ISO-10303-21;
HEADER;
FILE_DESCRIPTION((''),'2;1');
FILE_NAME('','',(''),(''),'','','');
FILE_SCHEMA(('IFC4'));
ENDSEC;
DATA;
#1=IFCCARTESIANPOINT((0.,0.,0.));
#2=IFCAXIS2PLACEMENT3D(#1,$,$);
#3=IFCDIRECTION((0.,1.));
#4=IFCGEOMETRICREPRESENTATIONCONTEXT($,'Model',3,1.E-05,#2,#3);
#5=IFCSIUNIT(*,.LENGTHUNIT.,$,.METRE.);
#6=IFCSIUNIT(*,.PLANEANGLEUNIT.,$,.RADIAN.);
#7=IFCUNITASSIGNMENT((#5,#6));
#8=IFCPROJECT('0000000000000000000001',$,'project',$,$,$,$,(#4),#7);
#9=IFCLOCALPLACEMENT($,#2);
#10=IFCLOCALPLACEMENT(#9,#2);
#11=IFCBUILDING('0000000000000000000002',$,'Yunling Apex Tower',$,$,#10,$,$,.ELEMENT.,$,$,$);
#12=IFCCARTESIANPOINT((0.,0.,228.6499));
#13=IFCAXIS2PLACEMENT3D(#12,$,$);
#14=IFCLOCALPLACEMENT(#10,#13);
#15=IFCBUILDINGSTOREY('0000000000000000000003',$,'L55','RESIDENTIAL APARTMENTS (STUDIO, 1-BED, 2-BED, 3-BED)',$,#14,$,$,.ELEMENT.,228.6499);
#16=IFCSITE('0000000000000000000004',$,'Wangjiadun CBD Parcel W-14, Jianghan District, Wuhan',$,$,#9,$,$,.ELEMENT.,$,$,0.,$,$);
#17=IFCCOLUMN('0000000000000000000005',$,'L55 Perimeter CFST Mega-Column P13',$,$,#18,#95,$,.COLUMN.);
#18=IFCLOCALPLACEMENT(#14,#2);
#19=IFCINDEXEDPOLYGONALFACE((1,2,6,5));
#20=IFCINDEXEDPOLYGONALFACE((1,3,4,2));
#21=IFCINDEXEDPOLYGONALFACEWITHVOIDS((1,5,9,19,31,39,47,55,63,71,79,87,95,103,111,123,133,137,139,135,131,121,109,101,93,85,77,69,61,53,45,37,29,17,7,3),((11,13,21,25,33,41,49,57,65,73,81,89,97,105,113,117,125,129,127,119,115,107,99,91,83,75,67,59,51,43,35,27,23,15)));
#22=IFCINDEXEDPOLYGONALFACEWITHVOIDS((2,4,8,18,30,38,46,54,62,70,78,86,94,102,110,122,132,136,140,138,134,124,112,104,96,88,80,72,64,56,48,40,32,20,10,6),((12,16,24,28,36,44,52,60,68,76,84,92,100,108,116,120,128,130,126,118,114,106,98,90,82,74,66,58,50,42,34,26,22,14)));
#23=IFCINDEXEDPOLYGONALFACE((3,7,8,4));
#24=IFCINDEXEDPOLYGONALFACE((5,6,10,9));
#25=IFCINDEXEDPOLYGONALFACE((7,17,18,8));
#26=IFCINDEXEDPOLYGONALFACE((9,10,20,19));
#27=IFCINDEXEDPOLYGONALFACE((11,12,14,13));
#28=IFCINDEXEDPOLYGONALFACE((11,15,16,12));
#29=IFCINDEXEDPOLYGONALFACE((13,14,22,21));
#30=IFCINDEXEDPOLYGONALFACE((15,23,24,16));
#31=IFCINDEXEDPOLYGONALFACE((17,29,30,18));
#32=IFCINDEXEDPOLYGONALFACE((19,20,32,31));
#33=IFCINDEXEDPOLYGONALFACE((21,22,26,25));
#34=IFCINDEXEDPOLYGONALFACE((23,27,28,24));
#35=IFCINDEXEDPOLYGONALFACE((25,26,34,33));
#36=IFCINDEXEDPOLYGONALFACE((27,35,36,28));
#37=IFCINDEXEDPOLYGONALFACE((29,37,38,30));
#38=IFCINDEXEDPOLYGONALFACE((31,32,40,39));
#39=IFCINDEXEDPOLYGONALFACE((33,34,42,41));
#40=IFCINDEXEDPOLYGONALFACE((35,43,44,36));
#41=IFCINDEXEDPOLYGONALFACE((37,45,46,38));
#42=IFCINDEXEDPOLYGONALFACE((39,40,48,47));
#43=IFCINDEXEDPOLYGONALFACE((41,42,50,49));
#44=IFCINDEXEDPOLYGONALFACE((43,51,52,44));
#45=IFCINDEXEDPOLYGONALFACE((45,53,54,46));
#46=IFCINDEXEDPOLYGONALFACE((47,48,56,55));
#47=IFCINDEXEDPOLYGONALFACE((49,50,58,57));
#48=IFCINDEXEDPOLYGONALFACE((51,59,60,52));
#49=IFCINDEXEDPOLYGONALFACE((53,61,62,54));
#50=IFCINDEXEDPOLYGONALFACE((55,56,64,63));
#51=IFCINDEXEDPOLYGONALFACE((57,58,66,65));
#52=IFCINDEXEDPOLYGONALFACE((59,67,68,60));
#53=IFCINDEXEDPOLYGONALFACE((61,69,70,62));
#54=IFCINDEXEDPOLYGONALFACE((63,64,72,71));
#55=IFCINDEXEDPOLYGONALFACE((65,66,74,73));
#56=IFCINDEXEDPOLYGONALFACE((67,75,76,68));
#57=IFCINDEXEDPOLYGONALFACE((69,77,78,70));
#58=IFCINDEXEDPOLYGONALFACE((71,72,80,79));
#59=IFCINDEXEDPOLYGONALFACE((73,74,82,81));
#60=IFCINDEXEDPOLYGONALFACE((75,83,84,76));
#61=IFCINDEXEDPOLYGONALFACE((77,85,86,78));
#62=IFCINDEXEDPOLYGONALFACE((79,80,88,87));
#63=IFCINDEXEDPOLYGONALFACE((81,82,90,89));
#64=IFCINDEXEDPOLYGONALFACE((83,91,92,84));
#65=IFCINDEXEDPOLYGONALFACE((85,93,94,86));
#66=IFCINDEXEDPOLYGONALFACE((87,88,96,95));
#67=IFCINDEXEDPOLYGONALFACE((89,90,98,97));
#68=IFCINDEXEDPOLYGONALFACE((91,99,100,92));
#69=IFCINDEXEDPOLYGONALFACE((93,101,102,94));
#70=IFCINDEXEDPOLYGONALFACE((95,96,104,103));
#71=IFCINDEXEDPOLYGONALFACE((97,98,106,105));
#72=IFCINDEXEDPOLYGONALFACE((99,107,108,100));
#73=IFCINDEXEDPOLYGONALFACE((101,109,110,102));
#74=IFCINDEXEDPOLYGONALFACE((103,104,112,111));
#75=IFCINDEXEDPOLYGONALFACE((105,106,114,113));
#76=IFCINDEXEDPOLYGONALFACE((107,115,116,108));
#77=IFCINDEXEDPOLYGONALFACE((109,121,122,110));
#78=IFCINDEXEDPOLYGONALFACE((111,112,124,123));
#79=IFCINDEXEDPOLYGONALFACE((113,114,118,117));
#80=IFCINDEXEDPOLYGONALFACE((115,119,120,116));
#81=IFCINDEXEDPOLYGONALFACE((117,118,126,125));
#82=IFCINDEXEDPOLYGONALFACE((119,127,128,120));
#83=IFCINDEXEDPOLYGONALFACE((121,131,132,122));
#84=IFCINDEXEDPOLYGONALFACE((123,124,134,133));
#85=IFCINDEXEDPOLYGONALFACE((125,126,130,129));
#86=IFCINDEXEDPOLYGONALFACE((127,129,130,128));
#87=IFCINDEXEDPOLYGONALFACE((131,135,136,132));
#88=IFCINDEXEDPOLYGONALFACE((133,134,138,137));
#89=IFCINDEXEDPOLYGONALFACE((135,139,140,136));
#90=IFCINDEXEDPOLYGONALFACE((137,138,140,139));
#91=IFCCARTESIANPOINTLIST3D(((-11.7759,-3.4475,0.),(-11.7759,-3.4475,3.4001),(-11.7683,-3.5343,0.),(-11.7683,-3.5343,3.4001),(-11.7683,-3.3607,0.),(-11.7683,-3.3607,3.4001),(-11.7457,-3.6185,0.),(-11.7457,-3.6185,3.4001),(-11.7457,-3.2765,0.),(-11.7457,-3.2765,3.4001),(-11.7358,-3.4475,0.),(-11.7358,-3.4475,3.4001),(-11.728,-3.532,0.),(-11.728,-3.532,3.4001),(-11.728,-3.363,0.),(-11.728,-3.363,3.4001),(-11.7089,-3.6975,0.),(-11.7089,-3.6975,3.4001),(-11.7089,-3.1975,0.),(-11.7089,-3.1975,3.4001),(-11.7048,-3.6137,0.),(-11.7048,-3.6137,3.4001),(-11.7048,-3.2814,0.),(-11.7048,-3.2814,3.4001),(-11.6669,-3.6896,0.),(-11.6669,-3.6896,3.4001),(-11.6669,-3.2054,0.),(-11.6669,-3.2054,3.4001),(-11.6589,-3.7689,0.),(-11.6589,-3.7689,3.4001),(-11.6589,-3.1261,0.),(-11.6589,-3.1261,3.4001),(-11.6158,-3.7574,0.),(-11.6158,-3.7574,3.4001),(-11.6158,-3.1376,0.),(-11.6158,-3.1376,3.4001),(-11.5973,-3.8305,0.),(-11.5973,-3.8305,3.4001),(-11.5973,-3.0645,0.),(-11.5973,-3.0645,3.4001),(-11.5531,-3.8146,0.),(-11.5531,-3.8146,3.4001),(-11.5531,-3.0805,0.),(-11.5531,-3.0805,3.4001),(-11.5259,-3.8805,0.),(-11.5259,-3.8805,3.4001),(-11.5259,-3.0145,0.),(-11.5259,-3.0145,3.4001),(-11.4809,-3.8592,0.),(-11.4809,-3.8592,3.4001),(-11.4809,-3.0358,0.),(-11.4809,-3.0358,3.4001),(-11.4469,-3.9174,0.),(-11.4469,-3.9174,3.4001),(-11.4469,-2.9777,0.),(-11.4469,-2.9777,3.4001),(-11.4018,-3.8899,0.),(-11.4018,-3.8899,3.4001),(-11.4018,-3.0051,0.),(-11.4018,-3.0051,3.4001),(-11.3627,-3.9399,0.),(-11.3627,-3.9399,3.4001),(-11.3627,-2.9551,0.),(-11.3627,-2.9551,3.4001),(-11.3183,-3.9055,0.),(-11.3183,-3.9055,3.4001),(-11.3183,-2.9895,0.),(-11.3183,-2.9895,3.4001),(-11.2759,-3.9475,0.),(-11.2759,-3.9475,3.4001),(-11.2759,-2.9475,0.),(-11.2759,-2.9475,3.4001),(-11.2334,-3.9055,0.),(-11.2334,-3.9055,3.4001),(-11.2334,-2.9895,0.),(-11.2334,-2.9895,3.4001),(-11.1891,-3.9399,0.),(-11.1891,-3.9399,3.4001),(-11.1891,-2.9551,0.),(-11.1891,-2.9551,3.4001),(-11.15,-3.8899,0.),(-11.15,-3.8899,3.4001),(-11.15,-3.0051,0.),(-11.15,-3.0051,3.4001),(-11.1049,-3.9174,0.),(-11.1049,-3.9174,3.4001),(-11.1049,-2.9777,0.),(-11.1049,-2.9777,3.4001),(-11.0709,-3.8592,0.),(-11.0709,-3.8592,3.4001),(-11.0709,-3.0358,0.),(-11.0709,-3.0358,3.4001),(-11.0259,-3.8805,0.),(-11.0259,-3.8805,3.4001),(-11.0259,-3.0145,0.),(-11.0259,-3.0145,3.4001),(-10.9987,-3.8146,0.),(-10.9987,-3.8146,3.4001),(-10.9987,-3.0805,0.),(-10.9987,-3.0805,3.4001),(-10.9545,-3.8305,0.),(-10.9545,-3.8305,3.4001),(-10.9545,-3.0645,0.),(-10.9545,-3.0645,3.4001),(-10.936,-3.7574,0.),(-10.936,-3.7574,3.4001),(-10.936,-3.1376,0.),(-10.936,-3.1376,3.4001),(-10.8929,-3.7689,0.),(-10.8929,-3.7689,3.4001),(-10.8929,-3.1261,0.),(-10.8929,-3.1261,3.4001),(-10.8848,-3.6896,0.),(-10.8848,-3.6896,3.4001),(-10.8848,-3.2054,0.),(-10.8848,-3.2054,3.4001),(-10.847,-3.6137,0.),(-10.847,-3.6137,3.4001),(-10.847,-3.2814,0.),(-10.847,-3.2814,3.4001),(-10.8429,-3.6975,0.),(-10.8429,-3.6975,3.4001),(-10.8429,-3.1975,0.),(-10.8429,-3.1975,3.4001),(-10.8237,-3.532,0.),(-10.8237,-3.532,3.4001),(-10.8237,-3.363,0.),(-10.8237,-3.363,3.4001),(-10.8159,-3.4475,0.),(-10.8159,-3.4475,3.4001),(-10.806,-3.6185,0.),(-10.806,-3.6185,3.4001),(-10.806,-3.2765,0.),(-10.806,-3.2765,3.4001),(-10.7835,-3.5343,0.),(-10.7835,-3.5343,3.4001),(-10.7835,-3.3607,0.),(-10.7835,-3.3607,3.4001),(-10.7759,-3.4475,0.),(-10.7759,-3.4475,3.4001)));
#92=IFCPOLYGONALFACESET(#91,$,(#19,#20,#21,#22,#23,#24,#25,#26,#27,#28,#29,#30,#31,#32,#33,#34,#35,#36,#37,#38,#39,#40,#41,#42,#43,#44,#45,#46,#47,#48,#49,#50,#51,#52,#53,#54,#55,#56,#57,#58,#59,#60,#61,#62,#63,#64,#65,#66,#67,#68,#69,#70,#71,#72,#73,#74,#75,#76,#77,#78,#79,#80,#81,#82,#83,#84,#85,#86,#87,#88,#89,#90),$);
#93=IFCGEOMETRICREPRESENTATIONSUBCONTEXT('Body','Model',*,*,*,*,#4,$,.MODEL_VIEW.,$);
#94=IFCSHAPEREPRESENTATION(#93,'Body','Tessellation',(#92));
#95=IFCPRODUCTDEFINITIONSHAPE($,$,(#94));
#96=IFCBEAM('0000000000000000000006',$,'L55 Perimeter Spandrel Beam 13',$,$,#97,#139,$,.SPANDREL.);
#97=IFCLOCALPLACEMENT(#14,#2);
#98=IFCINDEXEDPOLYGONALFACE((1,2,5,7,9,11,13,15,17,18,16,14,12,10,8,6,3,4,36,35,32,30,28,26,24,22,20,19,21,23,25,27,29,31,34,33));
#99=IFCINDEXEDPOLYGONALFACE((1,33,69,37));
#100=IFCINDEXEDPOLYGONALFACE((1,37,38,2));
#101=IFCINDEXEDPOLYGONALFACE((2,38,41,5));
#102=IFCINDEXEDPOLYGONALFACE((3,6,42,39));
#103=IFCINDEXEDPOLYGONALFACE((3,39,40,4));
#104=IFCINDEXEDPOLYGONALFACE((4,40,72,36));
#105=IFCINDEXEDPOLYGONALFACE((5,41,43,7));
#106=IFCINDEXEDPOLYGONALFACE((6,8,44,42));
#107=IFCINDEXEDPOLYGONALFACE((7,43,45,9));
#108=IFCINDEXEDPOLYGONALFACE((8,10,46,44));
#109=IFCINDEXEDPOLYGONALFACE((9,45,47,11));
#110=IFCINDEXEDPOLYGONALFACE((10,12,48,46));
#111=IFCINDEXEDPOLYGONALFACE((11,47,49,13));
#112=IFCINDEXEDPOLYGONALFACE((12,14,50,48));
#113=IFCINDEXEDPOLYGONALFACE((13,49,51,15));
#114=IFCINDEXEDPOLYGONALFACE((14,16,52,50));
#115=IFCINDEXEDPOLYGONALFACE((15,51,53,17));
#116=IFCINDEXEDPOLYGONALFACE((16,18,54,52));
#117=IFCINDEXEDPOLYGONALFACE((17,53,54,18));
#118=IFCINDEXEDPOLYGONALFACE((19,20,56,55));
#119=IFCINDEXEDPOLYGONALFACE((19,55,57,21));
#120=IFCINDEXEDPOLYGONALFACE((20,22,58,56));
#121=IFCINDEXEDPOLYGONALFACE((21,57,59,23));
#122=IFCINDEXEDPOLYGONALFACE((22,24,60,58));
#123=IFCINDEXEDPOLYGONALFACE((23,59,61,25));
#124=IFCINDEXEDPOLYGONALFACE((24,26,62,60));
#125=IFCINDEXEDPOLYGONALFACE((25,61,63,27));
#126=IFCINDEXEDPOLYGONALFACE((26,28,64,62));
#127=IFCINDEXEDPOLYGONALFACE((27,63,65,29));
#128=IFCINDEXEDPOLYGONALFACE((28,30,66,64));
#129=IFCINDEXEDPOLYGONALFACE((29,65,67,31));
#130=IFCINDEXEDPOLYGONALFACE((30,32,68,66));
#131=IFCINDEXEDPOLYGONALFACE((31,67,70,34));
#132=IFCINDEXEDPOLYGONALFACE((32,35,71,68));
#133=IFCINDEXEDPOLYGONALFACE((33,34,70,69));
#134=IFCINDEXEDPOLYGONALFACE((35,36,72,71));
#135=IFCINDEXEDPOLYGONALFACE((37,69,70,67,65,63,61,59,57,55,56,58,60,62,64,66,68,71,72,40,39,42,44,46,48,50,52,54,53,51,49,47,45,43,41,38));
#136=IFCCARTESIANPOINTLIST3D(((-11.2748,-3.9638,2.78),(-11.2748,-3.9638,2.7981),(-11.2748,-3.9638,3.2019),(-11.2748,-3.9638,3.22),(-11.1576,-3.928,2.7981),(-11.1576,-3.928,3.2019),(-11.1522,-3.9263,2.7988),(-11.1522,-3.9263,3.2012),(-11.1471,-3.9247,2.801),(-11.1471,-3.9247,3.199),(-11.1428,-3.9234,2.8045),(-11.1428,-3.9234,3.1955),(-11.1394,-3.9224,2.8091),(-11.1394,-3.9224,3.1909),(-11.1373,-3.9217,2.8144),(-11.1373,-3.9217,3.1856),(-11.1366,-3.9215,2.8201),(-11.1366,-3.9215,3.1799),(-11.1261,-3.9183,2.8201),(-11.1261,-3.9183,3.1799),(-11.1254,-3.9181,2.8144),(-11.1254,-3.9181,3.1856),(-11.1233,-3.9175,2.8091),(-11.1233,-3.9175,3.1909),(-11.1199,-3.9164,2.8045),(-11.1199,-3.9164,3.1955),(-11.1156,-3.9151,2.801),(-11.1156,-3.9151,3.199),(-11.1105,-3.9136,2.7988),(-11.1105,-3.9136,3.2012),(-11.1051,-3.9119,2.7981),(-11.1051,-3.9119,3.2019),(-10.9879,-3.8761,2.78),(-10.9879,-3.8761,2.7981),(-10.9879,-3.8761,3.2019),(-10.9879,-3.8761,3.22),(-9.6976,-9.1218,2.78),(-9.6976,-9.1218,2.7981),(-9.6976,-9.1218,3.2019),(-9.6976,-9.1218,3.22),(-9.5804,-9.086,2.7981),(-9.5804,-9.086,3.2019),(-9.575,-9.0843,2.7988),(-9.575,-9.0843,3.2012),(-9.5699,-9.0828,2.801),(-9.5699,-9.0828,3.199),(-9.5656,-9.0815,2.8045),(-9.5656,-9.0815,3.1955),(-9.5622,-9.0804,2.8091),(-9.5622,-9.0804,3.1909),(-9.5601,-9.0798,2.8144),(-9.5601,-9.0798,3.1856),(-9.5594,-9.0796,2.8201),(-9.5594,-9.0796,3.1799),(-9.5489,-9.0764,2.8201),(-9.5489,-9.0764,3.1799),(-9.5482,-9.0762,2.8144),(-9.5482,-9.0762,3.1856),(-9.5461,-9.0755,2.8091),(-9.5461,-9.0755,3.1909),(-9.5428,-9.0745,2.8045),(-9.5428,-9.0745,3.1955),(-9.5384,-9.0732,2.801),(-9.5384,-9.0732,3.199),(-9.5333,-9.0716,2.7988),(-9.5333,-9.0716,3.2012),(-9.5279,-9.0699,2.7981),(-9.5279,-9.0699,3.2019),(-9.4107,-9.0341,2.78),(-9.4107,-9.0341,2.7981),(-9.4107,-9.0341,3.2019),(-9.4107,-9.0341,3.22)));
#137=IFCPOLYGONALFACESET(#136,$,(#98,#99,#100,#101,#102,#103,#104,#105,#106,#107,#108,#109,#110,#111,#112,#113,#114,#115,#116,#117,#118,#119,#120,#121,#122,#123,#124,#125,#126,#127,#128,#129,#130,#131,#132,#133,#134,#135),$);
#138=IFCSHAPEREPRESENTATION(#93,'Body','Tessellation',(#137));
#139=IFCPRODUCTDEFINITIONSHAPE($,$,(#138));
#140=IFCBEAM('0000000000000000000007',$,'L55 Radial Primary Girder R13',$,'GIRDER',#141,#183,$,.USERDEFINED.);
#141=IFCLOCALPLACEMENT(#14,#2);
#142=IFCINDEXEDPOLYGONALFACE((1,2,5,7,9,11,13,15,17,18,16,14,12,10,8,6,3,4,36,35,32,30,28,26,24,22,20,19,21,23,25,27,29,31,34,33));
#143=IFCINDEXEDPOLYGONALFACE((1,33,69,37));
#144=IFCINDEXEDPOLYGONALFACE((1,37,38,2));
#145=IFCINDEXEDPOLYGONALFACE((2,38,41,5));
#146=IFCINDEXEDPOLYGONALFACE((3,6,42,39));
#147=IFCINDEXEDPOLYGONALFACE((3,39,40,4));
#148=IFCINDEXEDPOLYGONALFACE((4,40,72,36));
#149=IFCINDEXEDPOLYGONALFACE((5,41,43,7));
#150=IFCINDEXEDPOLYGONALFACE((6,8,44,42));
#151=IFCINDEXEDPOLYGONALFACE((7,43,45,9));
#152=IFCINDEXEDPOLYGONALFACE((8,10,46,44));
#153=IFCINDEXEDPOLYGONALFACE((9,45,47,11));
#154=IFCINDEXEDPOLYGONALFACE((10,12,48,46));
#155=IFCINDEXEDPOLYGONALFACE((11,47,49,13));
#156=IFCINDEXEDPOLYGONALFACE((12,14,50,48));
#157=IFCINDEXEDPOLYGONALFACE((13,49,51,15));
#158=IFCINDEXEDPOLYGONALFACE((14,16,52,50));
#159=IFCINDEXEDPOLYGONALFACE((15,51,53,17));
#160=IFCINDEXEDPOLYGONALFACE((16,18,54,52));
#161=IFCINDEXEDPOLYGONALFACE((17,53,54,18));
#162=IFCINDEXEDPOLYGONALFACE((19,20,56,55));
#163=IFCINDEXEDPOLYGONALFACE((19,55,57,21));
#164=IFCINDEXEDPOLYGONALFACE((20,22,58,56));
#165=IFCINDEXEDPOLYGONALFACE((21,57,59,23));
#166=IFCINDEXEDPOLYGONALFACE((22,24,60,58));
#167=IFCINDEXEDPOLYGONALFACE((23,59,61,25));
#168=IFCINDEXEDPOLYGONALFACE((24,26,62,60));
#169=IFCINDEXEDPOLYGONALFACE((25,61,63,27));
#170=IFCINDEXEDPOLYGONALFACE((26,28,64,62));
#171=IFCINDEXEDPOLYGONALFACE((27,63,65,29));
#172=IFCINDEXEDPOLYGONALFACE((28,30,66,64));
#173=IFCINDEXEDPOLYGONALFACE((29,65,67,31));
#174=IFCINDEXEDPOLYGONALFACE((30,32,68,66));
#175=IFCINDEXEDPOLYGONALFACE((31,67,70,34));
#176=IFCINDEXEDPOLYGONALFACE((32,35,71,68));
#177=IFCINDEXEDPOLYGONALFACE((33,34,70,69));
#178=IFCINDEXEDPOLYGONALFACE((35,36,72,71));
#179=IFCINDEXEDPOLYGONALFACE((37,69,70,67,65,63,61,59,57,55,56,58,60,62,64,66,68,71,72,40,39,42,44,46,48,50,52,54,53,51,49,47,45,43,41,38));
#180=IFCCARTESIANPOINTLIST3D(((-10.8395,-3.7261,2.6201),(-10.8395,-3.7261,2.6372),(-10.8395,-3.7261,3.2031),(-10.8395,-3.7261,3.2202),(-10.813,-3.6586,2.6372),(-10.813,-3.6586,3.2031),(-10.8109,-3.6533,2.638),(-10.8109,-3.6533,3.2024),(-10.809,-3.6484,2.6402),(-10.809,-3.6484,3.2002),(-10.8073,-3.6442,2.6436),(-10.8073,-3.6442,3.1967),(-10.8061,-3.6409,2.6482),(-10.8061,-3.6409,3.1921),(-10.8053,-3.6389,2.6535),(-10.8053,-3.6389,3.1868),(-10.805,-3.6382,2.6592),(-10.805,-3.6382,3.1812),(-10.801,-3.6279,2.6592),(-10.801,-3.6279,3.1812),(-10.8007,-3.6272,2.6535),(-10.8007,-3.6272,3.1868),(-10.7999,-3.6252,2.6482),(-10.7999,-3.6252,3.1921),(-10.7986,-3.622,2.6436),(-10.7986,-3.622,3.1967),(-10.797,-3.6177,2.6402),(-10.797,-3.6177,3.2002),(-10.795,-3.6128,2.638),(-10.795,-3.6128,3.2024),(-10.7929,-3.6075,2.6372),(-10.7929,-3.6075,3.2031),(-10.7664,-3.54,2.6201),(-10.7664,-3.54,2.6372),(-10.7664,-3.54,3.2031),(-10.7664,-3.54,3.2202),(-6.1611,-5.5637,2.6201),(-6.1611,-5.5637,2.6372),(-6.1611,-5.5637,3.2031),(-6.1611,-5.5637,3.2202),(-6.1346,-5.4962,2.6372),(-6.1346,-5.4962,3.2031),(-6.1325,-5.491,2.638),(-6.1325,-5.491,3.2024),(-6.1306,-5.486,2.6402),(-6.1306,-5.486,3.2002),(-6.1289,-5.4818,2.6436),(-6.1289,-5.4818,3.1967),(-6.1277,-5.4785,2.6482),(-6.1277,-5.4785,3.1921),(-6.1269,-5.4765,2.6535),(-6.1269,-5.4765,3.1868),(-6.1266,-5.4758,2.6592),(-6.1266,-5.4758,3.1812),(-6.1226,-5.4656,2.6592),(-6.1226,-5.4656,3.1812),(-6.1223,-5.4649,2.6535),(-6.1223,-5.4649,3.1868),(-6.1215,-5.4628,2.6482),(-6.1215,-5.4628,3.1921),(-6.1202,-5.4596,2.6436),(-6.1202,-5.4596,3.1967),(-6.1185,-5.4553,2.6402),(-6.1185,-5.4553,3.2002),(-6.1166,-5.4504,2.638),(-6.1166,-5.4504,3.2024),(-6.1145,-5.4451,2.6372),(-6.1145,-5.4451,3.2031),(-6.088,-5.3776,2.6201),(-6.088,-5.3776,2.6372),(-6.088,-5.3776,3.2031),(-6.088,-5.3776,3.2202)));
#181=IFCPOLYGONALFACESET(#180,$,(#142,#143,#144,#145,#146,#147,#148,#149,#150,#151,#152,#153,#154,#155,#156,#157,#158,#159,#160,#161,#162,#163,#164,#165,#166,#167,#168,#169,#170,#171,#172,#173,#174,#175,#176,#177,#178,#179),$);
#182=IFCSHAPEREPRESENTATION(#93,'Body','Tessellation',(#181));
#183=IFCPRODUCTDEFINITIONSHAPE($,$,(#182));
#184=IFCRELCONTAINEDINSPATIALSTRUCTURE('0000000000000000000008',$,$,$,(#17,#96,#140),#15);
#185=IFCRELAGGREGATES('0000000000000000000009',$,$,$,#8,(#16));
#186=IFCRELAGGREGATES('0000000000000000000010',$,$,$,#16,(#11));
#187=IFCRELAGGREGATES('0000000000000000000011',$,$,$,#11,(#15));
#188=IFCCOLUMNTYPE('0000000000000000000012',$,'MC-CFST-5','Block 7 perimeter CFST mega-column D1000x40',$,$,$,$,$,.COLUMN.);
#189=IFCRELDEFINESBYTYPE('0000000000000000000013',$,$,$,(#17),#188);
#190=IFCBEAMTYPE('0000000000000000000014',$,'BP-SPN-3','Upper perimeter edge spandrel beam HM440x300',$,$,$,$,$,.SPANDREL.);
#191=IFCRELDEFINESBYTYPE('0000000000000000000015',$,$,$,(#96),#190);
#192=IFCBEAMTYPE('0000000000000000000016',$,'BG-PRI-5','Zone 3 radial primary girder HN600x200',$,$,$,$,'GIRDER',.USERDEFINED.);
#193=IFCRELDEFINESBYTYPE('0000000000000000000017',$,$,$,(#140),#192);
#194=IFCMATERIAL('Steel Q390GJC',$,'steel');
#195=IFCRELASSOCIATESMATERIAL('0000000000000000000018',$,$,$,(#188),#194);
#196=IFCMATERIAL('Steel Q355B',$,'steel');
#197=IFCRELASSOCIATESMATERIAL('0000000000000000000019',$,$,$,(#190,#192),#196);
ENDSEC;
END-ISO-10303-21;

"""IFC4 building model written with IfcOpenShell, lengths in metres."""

from ifc_helpers import new_model, si_unit, direction, frame, origin, origin_2d, place, context, subcontext, project, spatial, hollow_circle, i_section, extrude, source, transform, mapped, material, material_profile, profile_set, type_object, element, save


model = new_model("IFC4")

# Units and contexts
model_context = context("Model", 3, precision=1e-05, world=origin(), true_north=direction((0.0, 1.0)))
body_context = subcontext(model_context, "Body", "Model", "MODEL_VIEW")
ifc_project = project(units=[si_unit("LENGTHUNIT", "METRE"), si_unit("PLANEANGLEUNIT", "RADIAN")], contexts=[model_context])

# Site, building, storey
site_placement = place(None, origin())
site = spatial("IfcSite", under=ifc_project, at=site_placement, Name="Wangjiadun CBD Parcel W-14, Jianghan District, Wuhan", CompositionType="ELEMENT", RefElevation=0.0)
building_placement = place(site_placement, origin())
building = spatial("IfcBuilding", under=site, at=building_placement, Name="Yunling Apex Tower", CompositionType="ELEMENT")
storey_placement = place(building_placement, frame((0.0, 0.0, 228.6499)))
storey = spatial("IfcBuildingStorey", under=building, at=storey_placement, Name="L55", Description="RESIDENTIAL APARTMENTS (STUDIO, 1-BED, 2-BED, 3-BED)", CompositionType="ELEMENT", Elevation=228.6499)

# Column
ifc_material_1 = material(Name="Steel Q390GJC", Category="steel")
ifc_material_profile_1 = material_profile(ifc_material_1, hollow_circle(Radius=0.5, WallThickness=0.04, at=origin_2d()))
ifc_profile_set_1 = profile_set([ifc_material_profile_1], Name="Steel Q390GJC")
column_type = type_object("IfcColumnType", Name="MC-CFST-5", Description="Block 7 perimeter CFST mega-column D1000x40", PredefinedType="COLUMN", material=ifc_profile_set_1)
shared_shape_1 = source(origin(), body_context, "Body", "SweptSolid", [
    extrude(hollow_circle(Radius=0.5, WallThickness=0.04, at=origin_2d()), origin(), (0.0, 0.0, 1.0), 3.4001),
])
column_placement = place(storey_placement, frame((-11.2759, -3.4475, 0.0), z_axis=(0.0, 0.0, 1.0), x_axis=(1.0, 0.0, 0.0)))
element("IfcColumn", 1, at=column_placement, inside=storey, type_object=column_type, Name="L55 Perimeter CFST Mega-Column P13", PredefinedType="COLUMN", context=body_context, shape_type="MappedRepresentation", body=[
    mapped(shared_shape_1, transform((0.0, 0.0, 0.0), scale=1.0)),
])

# Beams
ifc_material_2 = material(Name="Steel Q355B", Category="steel")
ifc_material_profile_2 = material_profile(ifc_material_2, i_section(OverallWidth=0.3, OverallDepth=0.4399, WebThickness=0.011, FlangeThickness=0.0181, FilletRadius=0.022, at=origin_2d()))
ifc_profile_set_2 = profile_set([ifc_material_profile_2], Name="Steel Q355B")
beam_type_1 = type_object("IfcBeamType", Name="BP-SPN-3", Description="Upper perimeter edge spandrel beam HM440x300", PredefinedType="SPANDREL", material=ifc_profile_set_2)
shared_shape_2 = source(origin(), body_context, "Body", "SweptSolid", [
    extrude(i_section(OverallWidth=0.3, OverallDepth=0.4399, WebThickness=0.011, FlangeThickness=0.0181, FilletRadius=0.022, at=origin_2d()), origin(), (0.0, 0.0, 1.0), 5.3938),
])
beam_1_placement = place(storey_placement, frame((-11.1313, -3.9199, 3.0), z_axis=(0.292406, -0.956294, 0.0), x_axis=(0.956294, 0.292406, 0.0)))
element("IfcBeam", 2, at=beam_1_placement, inside=storey, type_object=beam_type_1, Name="L55 Perimeter Spandrel Beam 13", PredefinedType="SPANDREL", context=body_context, shape_type="MappedRepresentation", body=[
    mapped(shared_shape_2, transform((0.0, 0.0, 0.0), scale=1.0)),
])
ifc_material_profile_3 = material_profile(ifc_material_2, i_section(OverallWidth=0.2, OverallDepth=0.6001, WebThickness=0.011, FlangeThickness=0.0171, FilletRadius=0.022, at=origin_2d()))
ifc_profile_set_3 = profile_set([ifc_material_profile_3], Name="Steel Q355B")
beam_type_2 = type_object("IfcBeamType", Name="BG-PRI-5", Description="Zone 3 radial primary girder HN600x200", ElementType="GIRDER", PredefinedType="USERDEFINED", material=ifc_profile_set_3)
shared_shape_3 = source(origin(), body_context, "Body", "SweptSolid", [
    extrude(i_section(OverallWidth=0.2, OverallDepth=0.6001, WebThickness=0.011, FlangeThickness=0.0171, FilletRadius=0.022, at=origin_2d()), origin(), (0.0, 0.0, 1.0), 5.0264),
])
beam_2_placement = place(storey_placement, frame((-10.803, -3.6331, 2.9202), z_axis=(0.930773, -0.365597, 0.0), x_axis=(0.365597, 0.930773, 0.0)))
element("IfcBeam", 3, at=beam_2_placement, inside=storey, type_object=beam_type_2, Name="L55 Radial Primary Girder R13", ObjectType="GIRDER", PredefinedType="USERDEFINED", context=body_context, shape_type="MappedRepresentation", body=[
    mapped(shared_shape_3, transform((0.0, 0.0, 0.0), scale=1.0)),
])

save(model, "model.ifc")
